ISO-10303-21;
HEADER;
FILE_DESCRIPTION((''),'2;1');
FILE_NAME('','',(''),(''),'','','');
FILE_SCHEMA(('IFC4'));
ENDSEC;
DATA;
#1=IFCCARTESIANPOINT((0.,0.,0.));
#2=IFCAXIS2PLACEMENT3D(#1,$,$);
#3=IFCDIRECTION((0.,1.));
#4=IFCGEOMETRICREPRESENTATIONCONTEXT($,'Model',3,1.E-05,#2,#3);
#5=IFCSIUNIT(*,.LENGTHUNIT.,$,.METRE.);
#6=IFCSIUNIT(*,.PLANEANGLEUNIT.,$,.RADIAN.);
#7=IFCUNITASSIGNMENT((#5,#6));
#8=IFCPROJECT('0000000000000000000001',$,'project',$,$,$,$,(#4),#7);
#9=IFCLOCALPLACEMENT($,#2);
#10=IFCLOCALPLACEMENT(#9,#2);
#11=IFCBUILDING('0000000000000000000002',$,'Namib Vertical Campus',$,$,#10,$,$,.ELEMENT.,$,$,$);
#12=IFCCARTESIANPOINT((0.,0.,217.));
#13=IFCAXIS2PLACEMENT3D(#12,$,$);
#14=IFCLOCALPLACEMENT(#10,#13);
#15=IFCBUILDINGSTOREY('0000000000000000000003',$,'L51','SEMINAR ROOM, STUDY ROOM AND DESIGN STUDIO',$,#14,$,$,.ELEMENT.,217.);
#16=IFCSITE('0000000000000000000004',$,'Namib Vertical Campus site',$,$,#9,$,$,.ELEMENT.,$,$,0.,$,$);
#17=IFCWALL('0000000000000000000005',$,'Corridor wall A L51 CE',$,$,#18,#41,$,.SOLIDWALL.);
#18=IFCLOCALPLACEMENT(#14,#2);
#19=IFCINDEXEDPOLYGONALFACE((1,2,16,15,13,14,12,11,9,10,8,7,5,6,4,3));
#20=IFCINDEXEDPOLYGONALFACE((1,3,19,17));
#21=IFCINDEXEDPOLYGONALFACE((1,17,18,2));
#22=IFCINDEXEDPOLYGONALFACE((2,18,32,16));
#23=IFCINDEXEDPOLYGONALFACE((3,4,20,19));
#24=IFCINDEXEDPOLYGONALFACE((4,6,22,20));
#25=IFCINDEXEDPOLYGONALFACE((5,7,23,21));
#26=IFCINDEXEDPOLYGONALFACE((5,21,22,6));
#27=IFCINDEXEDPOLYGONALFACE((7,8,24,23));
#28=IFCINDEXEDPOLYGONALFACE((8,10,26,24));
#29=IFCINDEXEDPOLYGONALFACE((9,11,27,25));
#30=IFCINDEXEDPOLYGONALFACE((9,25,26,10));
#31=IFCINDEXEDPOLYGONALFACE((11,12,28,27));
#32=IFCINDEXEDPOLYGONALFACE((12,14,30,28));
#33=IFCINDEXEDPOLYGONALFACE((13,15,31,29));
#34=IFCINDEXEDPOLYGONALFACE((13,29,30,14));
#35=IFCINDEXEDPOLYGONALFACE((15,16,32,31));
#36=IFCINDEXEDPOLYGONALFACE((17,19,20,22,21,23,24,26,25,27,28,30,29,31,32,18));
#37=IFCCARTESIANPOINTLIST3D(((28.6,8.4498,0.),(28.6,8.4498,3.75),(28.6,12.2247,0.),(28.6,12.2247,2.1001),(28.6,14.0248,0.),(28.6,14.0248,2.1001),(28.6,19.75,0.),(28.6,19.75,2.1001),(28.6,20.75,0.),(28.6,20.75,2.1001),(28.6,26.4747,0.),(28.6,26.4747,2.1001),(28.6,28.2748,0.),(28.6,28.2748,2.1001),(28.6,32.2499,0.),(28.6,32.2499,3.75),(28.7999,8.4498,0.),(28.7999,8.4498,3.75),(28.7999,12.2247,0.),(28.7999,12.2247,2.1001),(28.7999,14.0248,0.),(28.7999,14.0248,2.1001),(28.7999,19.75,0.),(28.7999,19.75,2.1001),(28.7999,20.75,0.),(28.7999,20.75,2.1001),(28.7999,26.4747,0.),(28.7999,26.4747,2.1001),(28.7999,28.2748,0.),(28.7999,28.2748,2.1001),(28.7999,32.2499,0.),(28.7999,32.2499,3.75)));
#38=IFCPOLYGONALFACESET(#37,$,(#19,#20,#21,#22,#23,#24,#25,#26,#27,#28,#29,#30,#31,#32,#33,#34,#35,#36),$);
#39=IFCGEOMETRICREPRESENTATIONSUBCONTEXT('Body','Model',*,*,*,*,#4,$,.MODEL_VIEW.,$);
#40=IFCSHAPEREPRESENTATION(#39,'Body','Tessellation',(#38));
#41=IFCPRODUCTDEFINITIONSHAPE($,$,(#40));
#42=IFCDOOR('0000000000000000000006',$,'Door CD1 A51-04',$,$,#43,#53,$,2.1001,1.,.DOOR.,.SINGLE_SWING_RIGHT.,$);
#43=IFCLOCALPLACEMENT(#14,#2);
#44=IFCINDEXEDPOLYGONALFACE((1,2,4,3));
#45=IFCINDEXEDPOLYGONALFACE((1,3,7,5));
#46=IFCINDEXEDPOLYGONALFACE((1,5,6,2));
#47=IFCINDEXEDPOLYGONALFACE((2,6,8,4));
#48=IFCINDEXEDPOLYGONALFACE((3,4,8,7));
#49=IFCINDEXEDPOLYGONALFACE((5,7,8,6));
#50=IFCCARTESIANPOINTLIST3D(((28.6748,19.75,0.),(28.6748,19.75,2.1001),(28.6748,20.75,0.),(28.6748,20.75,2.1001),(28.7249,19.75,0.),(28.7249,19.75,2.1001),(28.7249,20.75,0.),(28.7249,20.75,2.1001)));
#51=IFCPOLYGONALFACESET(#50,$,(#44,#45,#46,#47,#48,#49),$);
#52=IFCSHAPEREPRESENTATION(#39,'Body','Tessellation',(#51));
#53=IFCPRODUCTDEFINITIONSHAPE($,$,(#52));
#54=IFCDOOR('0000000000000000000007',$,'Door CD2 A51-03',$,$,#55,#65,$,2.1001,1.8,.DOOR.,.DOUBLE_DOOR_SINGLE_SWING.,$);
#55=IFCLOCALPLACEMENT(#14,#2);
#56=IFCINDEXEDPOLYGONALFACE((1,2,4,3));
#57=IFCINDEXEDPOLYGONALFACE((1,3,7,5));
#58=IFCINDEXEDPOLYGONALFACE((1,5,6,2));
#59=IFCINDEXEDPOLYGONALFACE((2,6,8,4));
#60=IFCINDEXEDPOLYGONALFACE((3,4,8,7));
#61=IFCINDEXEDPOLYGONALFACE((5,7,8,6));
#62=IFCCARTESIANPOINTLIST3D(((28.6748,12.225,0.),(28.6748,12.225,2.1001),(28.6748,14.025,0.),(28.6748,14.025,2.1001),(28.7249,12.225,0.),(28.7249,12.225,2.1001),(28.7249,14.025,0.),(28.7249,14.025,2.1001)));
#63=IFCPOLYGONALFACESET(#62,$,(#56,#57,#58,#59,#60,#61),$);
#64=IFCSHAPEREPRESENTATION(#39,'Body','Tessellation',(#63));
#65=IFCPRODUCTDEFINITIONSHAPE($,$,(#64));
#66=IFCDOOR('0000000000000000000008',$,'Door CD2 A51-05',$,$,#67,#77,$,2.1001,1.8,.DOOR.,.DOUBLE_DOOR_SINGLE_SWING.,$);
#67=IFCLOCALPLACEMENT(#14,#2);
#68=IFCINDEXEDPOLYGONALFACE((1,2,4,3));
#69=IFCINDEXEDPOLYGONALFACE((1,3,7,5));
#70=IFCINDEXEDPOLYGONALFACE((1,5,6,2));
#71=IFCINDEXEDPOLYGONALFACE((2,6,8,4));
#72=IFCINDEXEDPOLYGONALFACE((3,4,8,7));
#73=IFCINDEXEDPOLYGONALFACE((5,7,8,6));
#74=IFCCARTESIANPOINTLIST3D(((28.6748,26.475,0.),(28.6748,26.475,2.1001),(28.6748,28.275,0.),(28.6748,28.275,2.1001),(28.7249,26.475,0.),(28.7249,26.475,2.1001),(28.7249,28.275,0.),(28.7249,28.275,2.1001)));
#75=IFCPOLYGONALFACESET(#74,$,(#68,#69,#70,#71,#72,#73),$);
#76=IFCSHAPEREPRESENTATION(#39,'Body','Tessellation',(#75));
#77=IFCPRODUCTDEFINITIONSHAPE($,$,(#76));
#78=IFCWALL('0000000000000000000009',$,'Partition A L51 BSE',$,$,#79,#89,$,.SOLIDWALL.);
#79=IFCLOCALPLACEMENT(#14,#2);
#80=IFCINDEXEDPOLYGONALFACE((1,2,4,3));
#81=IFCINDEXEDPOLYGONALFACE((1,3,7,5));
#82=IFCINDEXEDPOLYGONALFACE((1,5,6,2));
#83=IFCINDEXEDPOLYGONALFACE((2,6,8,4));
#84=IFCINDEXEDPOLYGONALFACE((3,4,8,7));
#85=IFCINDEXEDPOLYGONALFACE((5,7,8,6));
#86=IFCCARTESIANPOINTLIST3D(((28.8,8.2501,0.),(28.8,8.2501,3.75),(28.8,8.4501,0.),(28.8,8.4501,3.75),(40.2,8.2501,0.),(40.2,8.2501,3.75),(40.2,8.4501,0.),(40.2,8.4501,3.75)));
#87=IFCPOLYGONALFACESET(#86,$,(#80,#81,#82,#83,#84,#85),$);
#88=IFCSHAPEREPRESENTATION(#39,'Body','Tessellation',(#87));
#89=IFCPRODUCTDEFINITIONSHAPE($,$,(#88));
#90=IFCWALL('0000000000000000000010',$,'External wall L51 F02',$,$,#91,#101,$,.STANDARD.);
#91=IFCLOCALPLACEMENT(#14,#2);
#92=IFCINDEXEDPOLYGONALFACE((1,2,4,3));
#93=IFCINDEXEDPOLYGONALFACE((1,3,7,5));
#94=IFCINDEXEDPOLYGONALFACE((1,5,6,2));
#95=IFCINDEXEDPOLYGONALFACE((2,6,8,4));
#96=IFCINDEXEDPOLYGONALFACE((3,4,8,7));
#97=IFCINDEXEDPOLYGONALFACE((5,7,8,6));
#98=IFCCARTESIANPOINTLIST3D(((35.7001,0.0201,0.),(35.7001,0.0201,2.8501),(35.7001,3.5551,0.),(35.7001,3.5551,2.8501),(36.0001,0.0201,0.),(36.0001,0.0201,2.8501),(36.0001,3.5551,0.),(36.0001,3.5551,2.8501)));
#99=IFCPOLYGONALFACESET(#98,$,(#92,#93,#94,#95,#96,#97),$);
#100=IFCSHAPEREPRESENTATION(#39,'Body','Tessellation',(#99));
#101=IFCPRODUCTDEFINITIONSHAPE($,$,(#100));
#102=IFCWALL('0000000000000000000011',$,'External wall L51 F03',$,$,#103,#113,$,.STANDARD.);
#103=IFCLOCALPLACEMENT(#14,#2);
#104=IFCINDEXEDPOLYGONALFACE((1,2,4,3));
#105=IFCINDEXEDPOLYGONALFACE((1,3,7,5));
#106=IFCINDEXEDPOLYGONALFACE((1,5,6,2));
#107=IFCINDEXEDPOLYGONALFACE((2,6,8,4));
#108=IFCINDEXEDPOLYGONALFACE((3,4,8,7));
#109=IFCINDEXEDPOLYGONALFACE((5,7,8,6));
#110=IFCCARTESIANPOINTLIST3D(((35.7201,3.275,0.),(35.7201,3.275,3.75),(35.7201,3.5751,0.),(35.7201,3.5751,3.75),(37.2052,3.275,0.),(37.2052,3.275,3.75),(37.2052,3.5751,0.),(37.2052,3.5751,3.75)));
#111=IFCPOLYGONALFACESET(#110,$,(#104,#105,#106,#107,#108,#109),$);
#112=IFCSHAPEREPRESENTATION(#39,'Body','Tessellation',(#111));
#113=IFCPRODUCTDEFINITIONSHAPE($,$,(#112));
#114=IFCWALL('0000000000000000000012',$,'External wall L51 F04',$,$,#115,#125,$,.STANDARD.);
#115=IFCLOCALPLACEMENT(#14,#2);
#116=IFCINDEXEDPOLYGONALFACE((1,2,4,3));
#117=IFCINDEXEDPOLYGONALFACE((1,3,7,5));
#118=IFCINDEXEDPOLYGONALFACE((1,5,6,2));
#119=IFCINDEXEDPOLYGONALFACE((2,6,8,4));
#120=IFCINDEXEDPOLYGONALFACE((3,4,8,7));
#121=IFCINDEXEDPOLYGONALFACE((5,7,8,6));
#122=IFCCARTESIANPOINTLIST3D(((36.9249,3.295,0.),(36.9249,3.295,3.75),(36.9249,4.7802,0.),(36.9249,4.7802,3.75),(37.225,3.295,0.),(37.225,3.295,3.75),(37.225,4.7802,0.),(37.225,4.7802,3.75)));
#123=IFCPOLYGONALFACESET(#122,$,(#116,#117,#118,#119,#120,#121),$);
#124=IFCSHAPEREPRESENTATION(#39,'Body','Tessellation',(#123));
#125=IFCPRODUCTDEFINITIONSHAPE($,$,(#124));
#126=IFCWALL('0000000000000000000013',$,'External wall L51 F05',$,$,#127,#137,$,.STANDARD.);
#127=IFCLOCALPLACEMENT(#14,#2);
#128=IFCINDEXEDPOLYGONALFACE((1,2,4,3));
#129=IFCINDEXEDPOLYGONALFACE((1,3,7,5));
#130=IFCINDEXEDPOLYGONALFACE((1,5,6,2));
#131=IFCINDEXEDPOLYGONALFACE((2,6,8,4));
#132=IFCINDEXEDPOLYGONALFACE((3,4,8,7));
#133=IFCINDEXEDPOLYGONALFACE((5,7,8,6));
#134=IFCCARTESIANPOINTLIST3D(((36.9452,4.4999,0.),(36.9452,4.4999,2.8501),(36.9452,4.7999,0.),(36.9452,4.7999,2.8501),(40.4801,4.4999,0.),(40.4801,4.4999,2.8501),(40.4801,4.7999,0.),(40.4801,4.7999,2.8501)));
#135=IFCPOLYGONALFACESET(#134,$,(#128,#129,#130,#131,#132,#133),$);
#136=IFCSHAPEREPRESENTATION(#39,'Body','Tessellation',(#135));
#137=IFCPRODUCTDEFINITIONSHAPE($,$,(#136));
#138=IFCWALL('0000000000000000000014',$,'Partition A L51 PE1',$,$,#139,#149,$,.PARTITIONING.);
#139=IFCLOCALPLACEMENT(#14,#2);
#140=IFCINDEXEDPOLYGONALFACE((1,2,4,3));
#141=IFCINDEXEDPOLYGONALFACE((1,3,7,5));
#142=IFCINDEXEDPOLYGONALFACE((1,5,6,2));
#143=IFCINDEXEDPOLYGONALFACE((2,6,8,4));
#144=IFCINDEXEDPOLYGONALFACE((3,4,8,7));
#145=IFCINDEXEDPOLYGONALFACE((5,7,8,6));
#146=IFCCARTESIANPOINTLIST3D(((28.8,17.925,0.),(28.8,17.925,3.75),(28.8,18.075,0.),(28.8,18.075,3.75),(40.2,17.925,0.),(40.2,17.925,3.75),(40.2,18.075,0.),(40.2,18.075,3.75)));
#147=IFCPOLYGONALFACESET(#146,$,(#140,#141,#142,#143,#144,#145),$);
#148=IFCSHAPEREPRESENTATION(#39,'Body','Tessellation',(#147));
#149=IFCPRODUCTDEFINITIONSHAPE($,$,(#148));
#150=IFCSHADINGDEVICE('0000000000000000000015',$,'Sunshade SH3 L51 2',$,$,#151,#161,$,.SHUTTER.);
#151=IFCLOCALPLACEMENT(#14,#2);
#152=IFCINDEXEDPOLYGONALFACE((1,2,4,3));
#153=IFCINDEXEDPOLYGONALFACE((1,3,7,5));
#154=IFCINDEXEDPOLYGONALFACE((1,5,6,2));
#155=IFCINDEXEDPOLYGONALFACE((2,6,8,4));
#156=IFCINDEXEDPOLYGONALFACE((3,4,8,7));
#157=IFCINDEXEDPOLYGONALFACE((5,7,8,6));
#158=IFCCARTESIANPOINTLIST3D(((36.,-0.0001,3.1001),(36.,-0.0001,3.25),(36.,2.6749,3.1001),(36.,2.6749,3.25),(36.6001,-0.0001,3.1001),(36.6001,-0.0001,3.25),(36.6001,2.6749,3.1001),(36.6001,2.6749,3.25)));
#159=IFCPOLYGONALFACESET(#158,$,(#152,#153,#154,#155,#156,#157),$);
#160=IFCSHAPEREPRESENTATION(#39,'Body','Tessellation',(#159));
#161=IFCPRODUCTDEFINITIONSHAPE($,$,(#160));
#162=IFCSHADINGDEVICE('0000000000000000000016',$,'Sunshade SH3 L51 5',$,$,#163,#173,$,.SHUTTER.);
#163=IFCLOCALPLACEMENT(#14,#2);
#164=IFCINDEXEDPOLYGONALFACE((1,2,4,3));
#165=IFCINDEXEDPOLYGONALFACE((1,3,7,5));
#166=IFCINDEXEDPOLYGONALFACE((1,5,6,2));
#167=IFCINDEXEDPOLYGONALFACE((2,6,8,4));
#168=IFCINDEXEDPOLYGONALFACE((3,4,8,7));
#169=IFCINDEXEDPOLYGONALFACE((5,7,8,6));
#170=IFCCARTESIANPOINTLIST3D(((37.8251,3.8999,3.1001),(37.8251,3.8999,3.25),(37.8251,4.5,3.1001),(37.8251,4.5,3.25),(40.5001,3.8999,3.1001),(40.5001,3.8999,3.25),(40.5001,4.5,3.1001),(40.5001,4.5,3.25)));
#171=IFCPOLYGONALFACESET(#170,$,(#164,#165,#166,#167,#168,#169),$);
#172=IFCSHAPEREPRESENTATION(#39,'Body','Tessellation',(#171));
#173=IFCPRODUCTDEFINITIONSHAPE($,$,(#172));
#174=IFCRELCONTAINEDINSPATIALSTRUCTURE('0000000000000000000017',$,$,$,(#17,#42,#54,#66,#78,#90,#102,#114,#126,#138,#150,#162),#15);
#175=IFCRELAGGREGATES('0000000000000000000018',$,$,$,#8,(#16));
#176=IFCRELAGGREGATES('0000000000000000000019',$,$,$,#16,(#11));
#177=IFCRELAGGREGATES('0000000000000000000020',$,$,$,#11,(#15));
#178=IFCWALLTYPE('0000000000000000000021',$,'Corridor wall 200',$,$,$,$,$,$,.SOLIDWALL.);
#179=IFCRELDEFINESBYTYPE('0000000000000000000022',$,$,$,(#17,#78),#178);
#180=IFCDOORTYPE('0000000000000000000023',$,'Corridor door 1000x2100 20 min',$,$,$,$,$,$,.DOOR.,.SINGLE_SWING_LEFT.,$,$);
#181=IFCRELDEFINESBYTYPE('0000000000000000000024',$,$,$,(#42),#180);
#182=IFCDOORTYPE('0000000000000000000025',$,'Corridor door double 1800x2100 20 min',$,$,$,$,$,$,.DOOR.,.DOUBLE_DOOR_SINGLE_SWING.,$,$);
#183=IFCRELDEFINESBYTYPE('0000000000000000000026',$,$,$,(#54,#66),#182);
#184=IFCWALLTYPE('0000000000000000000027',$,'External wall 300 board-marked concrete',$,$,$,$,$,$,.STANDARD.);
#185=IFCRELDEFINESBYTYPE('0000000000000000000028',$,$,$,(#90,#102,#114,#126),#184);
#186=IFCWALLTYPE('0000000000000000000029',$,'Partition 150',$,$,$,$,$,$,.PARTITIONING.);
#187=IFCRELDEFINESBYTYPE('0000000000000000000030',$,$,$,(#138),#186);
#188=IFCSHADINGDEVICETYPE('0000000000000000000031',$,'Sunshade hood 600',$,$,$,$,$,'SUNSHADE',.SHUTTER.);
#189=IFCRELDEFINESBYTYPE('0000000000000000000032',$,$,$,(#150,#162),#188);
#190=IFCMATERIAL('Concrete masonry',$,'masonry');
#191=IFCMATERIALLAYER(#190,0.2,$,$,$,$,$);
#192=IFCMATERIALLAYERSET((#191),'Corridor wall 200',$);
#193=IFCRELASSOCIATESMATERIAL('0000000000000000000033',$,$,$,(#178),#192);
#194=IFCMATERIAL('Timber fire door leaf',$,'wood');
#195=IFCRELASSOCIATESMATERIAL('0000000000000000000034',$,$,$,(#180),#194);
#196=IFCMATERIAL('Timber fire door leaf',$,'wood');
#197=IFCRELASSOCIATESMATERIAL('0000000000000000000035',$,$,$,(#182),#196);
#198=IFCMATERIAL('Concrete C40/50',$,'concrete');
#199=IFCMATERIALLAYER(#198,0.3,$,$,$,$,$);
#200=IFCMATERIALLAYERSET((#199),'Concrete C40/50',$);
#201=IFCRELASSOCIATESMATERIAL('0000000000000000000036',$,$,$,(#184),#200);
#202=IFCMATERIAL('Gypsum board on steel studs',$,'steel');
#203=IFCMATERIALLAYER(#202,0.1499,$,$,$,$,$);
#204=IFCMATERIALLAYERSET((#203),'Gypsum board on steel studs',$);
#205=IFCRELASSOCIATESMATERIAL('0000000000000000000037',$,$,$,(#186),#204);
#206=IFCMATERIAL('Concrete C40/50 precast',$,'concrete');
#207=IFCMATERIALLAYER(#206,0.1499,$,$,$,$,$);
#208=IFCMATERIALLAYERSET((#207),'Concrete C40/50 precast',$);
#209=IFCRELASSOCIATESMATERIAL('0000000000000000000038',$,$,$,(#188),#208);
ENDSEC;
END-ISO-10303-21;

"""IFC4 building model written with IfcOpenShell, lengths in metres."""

from ifc_helpers import new_model, si_unit, direction, frame, frame_2d, origin, origin_2d, place, context, subcontext, project, spatial, rectangle, extrude, material, layer, layer_set, type_object, element, fill, save


model = new_model("IFC4")

# Units and contexts
model_context = context("Model", 3, precision=1e-05, world=origin(), true_north=direction((0.0, 1.0)))
body_context = subcontext(model_context, "Body", "Model", "MODEL_VIEW")
ifc_project = project(units=[si_unit("LENGTHUNIT", "METRE"), si_unit("PLANEANGLEUNIT", "RADIAN")], contexts=[model_context])

# Site, building, storey
site_placement = place(None, origin())
site = spatial("IfcSite", under=ifc_project, at=site_placement, Name="Namib Vertical Campus site", CompositionType="ELEMENT", RefElevation=0.0)
building_placement = place(site_placement, origin())
building = spatial("IfcBuilding", under=site, at=building_placement, Name="Namib Vertical Campus", CompositionType="ELEMENT")
storey_placement = place(building_placement, frame((0.0, 0.0, 217.0)))
storey = spatial("IfcBuildingStorey", under=building, at=storey_placement, Name="L51", Description="SEMINAR ROOM, STUDY ROOM AND DESIGN STUDIO", CompositionType="ELEMENT", Elevation=217.0)

# Wall, openings, doors
ifc_material_1 = material(Name="Concrete masonry", Category="masonry")
ifc_layer_1 = layer(ifc_material_1, 0.2)
ifc_layer_set_1 = layer_set([ifc_layer_1], Name="Corridor wall 200")
wall_type_1 = type_object("IfcWallType", Name="Corridor wall 200", PredefinedType="SOLIDWALL", material=ifc_layer_set_1)
wall_1_placement = place(storey_placement, frame((28.7, 8.45, 0.0), z_axis=(0.0, 0.0, 1.0), x_axis=(0.0, 1.0, 0.0)))
wall_1 = element("IfcWall", 1, at=wall_1_placement, inside=storey, type_object=wall_type_1, Name="Corridor wall A L51 CE", PredefinedType="SOLIDWALL", context=body_context, shape_type="SweptSolid", body=[
    extrude(rectangle(XDim=23.8, YDim=0.2, at=frame_2d((11.8999, 0.0))), origin(), (0.0, 0.0, 1.0), 3.75),
])
opening_1_placement = place(wall_1_placement, frame((3.7749, 0.0, 0.0)))
opening_1 = element("IfcOpeningElement", 2, at=opening_1_placement, cuts=wall_1, PredefinedType="OPENING", context=body_context, shape_type="SweptSolid", body=[
    extrude(rectangle(XDim=1.8, YDim=2.1001, at=frame_2d((0.8999, 1.05))), frame((0.0, 0.1099, 0.0), z_axis=(0.0, -1.0, 0.0), x_axis=(1.0, 0.0, 0.0)), (0.0, 0.0, 1.0), 0.22),
])
opening_2_placement = place(wall_1_placement, frame((11.3, 0.0, 0.0)))
opening_2 = element("IfcOpeningElement", 3, at=opening_2_placement, cuts=wall_1, PredefinedType="OPENING", context=body_context, shape_type="SweptSolid", body=[
    extrude(rectangle(XDim=1.0, YDim=2.1001, at=frame_2d((0.5, 1.05))), frame((0.0, 0.1099, 0.0), z_axis=(0.0, -1.0, 0.0), x_axis=(1.0, 0.0, 0.0)), (0.0, 0.0, 1.0), 0.22),
])
opening_3_placement = place(wall_1_placement, frame((18.0249, 0.0, 0.0)))
opening_3 = element("IfcOpeningElement", 4, at=opening_3_placement, cuts=wall_1, PredefinedType="OPENING", context=body_context, shape_type="SweptSolid", body=[
    extrude(rectangle(XDim=1.8, YDim=2.1001, at=frame_2d((0.8999, 1.05))), frame((0.0, 0.1099, 0.0), z_axis=(0.0, -1.0, 0.0), x_axis=(1.0, 0.0, 0.0)), (0.0, 0.0, 1.0), 0.22),
])
ifc_material_2 = material(Name="Timber fire door leaf", Category="wood")
door_type_1 = type_object("IfcDoorType", Name="Corridor door 1000x2100 20 min", OperationType="SINGLE_SWING_LEFT", PredefinedType="DOOR", material=ifc_material_2)
door_1_placement = place(opening_2_placement, frame((1.0, 0.0, 0.0), z_axis=(0.0, 0.0, 1.0), x_axis=(-1.0, 0.0, 0.0)))
door_1 = element("IfcDoor", 5, at=door_1_placement, inside=storey, type_object=door_type_1, Name="Door CD1 A51-04", OperationType="SINGLE_SWING_RIGHT", OverallHeight=2.1001, OverallWidth=1.0, PredefinedType="DOOR", context=body_context, shape_type="SweptSolid", body=[
    extrude(rectangle(XDim=1.0, YDim=2.1001, at=frame_2d((0.5, 1.05))), frame((0.0, 0.0249, 0.0), z_axis=(0.0, -1.0, 0.0), x_axis=(1.0, 0.0, 0.0)), (0.0, 0.0, 1.0), 0.05),
])
fill(opening_2, door_1)
ifc_material_3 = material(Name="Timber fire door leaf", Category="wood")
door_type_2 = type_object("IfcDoorType", Name="Corridor door double 1800x2100 20 min", OperationType="DOUBLE_DOOR_SINGLE_SWING", PredefinedType="DOOR", material=ifc_material_3)
door_2_placement = place(opening_1_placement, frame((1.8, 0.0, 0.0), z_axis=(0.0, 0.0, 1.0), x_axis=(-1.0, 0.0, 0.0)))
door_2 = element("IfcDoor", 6, at=door_2_placement, inside=storey, type_object=door_type_2, Name="Door CD2 A51-03", OperationType="DOUBLE_DOOR_SINGLE_SWING", OverallHeight=2.1001, OverallWidth=1.8, PredefinedType="DOOR", context=body_context, shape_type="SweptSolid", body=[
    extrude(rectangle(XDim=1.8, YDim=2.1001, at=frame_2d((0.8999, 1.05))), frame((0.0, 0.0249, 0.0), z_axis=(0.0, -1.0, 0.0), x_axis=(1.0, 0.0, 0.0)), (0.0, 0.0, 1.0), 0.05),
])
fill(opening_1, door_2)
door_3_placement = place(opening_3_placement, frame((1.8, 0.0, 0.0), z_axis=(0.0, 0.0, 1.0), x_axis=(-1.0, 0.0, 0.0)))
door_3 = element("IfcDoor", 7, at=door_3_placement, inside=storey, type_object=door_type_2, Name="Door CD2 A51-05", OperationType="DOUBLE_DOOR_SINGLE_SWING", OverallHeight=2.1001, OverallWidth=1.8, PredefinedType="DOOR", context=body_context, shape_type="SweptSolid", body=[
    extrude(rectangle(XDim=1.8, YDim=2.1001, at=frame_2d((0.8999, 1.05))), frame((0.0, 0.0249, 0.0), z_axis=(0.0, -1.0, 0.0), x_axis=(1.0, 0.0, 0.0)), (0.0, 0.0, 1.0), 0.05),
])
fill(opening_3, door_3)

# Walls
wall_2_placement = place(storey_placement, frame((28.8, 8.3501, 0.0), z_axis=(0.0, 0.0, 1.0), x_axis=(1.0, 0.0, 0.0)))
element("IfcWall", 8, at=wall_2_placement, inside=storey, type_object=wall_type_1, Name="Partition A L51 BSE", PredefinedType="SOLIDWALL", context=body_context, shape_type="SweptSolid", body=[
    extrude(rectangle(XDim=11.3999, YDim=0.2, at=frame_2d((5.7, 0.0))), origin(), (0.0, 0.0, 1.0), 3.75),
])
ifc_material_4 = material(Name="Concrete C40/50", Category="concrete")
ifc_layer_2 = layer(ifc_material_4, 0.3)
ifc_layer_set_2 = layer_set([ifc_layer_2], Name="Concrete C40/50")
wall_type_2 = type_object("IfcWallType", Name="External wall 300 board-marked concrete", PredefinedType="STANDARD", material=ifc_layer_set_2)
wall_3_placement = place(storey_placement, frame((35.8501, 0.02, 0.0), z_axis=(0.0, 0.0, 1.0), x_axis=(0.0, 1.0, 0.0)))
element("IfcWall", 9, at=wall_3_placement, inside=storey, type_object=wall_type_2, Name="External wall L51 F02", PredefinedType="STANDARD", context=body_context, shape_type="SweptSolid", body=[
    extrude(rectangle(XDim=3.5349, YDim=0.3, at=frame_2d((1.7676, 0.0))), origin(), (0.0, 0.0, 1.0), 2.8501),
])
for number, where, z_axis, x_axis, name in (
    (10, (35.72, 3.425, 0.0), (0.0, 0.0, 1.0), (1.0, 0.0, 0.0), "External wall L51 F03"),
    (11, (37.075, 3.2949, 0.0), (0.0, 0.0, 1.0), (0.0, 1.0, 0.0), "External wall L51 F04"),
):
    element("IfcWall", number, at=place(storey_placement, frame(where, z_axis=z_axis, x_axis=x_axis)), inside=storey, type_object=wall_type_2, Name=name, PredefinedType="STANDARD", context=body_context, shape_type="SweptSolid", body=[
        extrude(rectangle(XDim=1.4851, YDim=0.3, at=frame_2d((0.7427, 0.0))), origin(), (0.0, 0.0, 1.0), 3.75),
    ])
wall_4_placement = place(storey_placement, frame((36.9451, 4.6499, 0.0), z_axis=(0.0, 0.0, 1.0), x_axis=(1.0, 0.0, 0.0)))
element("IfcWall", 12, at=wall_4_placement, inside=storey, type_object=wall_type_2, Name="External wall L51 F05", PredefinedType="STANDARD", context=body_context, shape_type="SweptSolid", body=[
    extrude(rectangle(XDim=3.5349, YDim=0.3, at=frame_2d((1.7676, 0.0))), origin(), (0.0, 0.0, 1.0), 2.8501),
])
ifc_material_5 = material(Name="Gypsum board on steel studs", Category="steel")
ifc_layer_3 = layer(ifc_material_5, 0.1499)
ifc_layer_set_3 = layer_set([ifc_layer_3], Name="Gypsum board on steel studs")
wall_type_3 = type_object("IfcWallType", Name="Partition 150", PredefinedType="PARTITIONING", material=ifc_layer_set_3)
wall_5_placement = place(storey_placement, frame((28.8, 18.0, 0.0), z_axis=(0.0, 0.0, 1.0), x_axis=(1.0, 0.0, 0.0)))
element("IfcWall", 13, at=wall_5_placement, inside=storey, type_object=wall_type_3, Name="Partition A L51 PE1", PredefinedType="PARTITIONING", context=body_context, shape_type="SweptSolid", body=[
    extrude(rectangle(XDim=11.3999, YDim=0.1499, at=frame_2d((5.7, 0.0))), origin(), (0.0, 0.0, 1.0), 3.75),
])

# Shading devices
ifc_material_6 = material(Name="Concrete C40/50 precast", Category="concrete")
ifc_layer_4 = layer(ifc_material_6, 0.1499)
ifc_layer_set_4 = layer_set([ifc_layer_4], Name="Concrete C40/50 precast")
shading_device_type = type_object("IfcShadingDeviceType", Name="Sunshade hood 600", ElementType="SUNSHADE", PredefinedType="SHUTTER", material=ifc_layer_set_4)
for number, where, z_axis, x_axis, name in (
    (14, (36.3, 1.3374, 3.1001), (0.0, 0.0, 1.0), (0.0, 1.0, 0.0), "Sunshade SH3 L51 2"),
    (15, (39.1626, 4.2, 3.1001), (0.0, 0.0, 1.0), (1.0, 0.0, 0.0), "Sunshade SH3 L51 5"),
):
    element("IfcShadingDevice", number, at=place(storey_placement, frame(where, z_axis=z_axis, x_axis=x_axis)), inside=storey, type_object=shading_device_type, Name=name, PredefinedType="SHUTTER", context=body_context, shape_type="SweptSolid", body=[
        extrude(rectangle(XDim=2.675, YDim=0.6001, at=origin_2d()), origin(), (0.0, 0.0, 1.0), 0.1499),
    ])

save(model, "model.ifc")
